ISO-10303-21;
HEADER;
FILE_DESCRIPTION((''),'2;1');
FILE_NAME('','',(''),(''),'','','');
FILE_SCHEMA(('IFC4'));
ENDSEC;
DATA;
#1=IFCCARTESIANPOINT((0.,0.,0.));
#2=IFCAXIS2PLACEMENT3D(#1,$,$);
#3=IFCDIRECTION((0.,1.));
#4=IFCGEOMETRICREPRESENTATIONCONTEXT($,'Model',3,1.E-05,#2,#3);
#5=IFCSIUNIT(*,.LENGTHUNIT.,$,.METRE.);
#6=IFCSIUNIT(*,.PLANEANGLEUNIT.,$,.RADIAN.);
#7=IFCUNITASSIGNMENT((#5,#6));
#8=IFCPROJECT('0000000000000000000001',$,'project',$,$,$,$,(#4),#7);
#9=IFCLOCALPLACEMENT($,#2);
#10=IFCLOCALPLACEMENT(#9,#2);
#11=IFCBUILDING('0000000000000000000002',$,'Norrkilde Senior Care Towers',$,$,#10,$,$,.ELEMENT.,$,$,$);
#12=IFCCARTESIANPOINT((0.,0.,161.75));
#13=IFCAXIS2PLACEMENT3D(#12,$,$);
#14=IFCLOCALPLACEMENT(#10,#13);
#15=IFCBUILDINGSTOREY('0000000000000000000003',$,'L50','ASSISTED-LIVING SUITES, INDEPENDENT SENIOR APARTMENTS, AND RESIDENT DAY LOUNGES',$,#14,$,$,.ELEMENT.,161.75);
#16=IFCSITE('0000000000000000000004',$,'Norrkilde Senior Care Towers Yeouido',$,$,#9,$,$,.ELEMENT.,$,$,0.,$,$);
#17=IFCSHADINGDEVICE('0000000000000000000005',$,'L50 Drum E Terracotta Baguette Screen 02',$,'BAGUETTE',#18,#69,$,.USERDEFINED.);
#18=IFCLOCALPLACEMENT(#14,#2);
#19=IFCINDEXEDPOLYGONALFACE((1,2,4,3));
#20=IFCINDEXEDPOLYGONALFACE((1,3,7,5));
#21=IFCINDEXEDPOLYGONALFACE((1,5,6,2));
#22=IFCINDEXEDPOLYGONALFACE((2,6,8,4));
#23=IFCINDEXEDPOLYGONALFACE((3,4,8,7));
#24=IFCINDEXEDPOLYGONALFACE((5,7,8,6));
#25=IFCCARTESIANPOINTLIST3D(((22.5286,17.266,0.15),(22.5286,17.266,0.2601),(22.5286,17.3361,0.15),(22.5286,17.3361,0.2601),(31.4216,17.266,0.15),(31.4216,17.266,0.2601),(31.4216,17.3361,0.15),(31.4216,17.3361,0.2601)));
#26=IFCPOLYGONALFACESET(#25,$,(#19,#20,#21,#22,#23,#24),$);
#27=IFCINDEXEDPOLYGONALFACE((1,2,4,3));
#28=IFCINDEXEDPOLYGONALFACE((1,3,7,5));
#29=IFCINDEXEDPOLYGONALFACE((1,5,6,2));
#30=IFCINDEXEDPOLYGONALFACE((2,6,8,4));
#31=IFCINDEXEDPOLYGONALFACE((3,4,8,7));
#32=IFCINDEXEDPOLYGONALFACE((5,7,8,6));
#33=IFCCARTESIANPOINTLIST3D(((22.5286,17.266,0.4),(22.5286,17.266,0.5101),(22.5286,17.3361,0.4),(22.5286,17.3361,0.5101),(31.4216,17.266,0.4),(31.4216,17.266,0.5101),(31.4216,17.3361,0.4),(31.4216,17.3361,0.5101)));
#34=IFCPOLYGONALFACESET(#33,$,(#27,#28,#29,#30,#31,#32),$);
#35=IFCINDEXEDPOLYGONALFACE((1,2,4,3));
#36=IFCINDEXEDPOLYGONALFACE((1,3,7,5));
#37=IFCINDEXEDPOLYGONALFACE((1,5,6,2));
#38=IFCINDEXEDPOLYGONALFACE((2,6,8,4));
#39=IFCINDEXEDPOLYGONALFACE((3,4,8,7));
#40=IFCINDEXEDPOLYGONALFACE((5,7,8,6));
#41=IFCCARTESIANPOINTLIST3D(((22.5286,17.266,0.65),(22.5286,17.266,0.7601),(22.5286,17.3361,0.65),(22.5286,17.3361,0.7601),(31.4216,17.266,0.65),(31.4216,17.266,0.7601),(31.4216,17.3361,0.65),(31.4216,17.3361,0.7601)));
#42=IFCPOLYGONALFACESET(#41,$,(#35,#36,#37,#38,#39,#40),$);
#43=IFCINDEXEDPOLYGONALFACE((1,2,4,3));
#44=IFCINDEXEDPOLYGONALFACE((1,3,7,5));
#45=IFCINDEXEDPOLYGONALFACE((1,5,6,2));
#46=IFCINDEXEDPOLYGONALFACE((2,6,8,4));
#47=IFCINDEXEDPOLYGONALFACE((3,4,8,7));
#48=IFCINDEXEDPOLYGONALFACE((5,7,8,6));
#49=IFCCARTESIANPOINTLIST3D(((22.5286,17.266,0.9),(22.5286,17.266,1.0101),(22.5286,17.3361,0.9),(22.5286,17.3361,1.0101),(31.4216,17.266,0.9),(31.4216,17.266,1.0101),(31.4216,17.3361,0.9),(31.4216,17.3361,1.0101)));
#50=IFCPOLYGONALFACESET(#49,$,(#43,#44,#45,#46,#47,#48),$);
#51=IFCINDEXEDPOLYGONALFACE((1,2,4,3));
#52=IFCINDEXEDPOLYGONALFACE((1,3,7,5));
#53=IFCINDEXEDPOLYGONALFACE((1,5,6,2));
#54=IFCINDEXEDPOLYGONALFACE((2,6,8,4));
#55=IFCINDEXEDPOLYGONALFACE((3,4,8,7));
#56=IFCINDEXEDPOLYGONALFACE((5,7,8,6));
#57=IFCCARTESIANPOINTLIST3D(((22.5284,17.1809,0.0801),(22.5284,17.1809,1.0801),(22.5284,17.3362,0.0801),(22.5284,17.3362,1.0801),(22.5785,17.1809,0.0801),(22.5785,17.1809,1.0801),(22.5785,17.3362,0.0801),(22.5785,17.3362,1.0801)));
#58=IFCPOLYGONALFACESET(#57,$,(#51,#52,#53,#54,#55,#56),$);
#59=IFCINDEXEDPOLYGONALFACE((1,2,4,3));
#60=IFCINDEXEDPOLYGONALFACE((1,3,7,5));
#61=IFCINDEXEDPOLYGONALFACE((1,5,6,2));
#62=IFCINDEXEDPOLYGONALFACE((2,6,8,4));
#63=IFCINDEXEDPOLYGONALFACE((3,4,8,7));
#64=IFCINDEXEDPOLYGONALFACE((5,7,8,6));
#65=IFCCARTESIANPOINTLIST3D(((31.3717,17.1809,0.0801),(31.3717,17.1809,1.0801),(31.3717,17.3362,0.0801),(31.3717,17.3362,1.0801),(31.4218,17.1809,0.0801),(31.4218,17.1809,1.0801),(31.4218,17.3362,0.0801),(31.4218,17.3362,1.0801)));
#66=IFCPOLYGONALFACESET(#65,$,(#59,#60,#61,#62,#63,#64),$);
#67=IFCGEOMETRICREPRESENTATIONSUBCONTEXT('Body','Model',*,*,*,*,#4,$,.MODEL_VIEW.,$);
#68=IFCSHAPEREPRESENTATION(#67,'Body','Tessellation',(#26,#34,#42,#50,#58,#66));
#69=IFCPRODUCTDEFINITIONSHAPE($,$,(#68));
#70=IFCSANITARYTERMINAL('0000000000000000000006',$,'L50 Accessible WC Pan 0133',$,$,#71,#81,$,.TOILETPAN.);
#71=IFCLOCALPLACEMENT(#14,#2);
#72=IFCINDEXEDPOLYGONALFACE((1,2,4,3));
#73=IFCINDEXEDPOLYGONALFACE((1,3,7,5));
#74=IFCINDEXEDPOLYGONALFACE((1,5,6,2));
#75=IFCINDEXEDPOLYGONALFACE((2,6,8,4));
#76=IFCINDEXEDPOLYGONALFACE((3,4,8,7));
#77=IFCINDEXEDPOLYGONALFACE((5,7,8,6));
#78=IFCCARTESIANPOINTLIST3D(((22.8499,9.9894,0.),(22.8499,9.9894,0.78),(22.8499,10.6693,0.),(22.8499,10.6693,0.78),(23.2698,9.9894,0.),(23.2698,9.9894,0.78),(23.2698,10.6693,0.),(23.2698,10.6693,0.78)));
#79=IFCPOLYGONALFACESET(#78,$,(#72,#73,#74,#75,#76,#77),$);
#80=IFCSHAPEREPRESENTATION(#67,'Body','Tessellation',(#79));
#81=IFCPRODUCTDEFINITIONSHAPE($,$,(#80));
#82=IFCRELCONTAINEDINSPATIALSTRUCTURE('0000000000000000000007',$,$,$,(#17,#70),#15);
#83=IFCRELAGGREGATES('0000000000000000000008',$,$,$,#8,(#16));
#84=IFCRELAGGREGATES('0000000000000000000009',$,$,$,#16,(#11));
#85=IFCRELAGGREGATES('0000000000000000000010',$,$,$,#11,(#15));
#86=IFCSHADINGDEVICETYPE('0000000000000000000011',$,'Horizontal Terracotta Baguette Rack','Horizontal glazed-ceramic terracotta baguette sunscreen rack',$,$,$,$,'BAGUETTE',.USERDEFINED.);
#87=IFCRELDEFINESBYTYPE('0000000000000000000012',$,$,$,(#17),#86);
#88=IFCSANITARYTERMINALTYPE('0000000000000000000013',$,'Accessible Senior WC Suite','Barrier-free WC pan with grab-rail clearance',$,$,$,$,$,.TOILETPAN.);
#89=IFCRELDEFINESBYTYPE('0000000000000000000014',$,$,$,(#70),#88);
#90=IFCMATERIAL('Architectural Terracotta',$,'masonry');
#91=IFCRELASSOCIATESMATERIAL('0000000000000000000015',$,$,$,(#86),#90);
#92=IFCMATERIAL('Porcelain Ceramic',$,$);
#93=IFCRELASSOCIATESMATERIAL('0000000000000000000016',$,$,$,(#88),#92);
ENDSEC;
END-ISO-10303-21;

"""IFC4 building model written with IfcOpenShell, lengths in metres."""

from ifc_helpers import new_model, si_unit, direction, frame, origin, origin_2d, place, context, subcontext, project, spatial, rectangle, extrude, source, transform, mapped, material, type_object, type_shapes, element, save


model = new_model("IFC4")

# Units and contexts
model_context = context("Model", 3, precision=1e-05, world=origin(), true_north=direction((0.0, 1.0)))
body_context = subcontext(model_context, "Body", "Model", "MODEL_VIEW")
ifc_project = project(units=[si_unit("LENGTHUNIT", "METRE"), si_unit("PLANEANGLEUNIT", "RADIAN")], contexts=[model_context])

# Site, building, storey
site_placement = place(None, origin())
site = spatial("IfcSite", under=ifc_project, at=site_placement, Name="Norrkilde Senior Care Towers Yeouido", CompositionType="ELEMENT", RefElevation=0.0)
building_placement = place(site_placement, origin())
building = spatial("IfcBuilding", under=site, at=building_placement, Name="Norrkilde Senior Care Towers", CompositionType="ELEMENT")
storey_placement = place(building_placement, frame((0.0, 0.0, 161.75)))
storey = spatial("IfcBuildingStorey", under=building, at=storey_placement, Name="L50", Description="ASSISTED-LIVING SUITES, INDEPENDENT SENIOR APARTMENTS, AND RESIDENT DAY LOUNGES", CompositionType="ELEMENT", Elevation=161.75)

# Shading device
ifc_material_1 = material(Name="Architectural Terracotta", Category="masonry")
shading_device_type = type_object("IfcShadingDeviceType", Name="Horizontal Terracotta Baguette Rack", Description="Horizontal glazed-ceramic terracotta baguette sunscreen rack", ElementType="BAGUETTE", PredefinedType="USERDEFINED", material=ifc_material_1)
shared_shape_1 = source(origin(), body_context, "Body", "SweptSolid", [
    extrude(rectangle(XDim=0.0701, YDim=0.1101, at=origin_2d()), frame((0.0, 0.0901, 0.125), z_axis=(1.0, 0.0, 0.0), x_axis=(0.0, 1.0, 0.0)), (0.0, 0.0, 1.0), 8.8931),
    extrude(rectangle(XDim=0.0701, YDim=0.1101, at=origin_2d()), frame((0.0, 0.0901, 0.375), z_axis=(1.0, 0.0, 0.0), x_axis=(0.0, 1.0, 0.0)), (0.0, 0.0, 1.0), 8.8931),
    extrude(rectangle(XDim=0.0701, YDim=0.1101, at=origin_2d()), frame((0.0, 0.0901, 0.625), z_axis=(1.0, 0.0, 0.0), x_axis=(0.0, 1.0, 0.0)), (0.0, 0.0, 1.0), 8.8931),
    extrude(rectangle(XDim=0.0701, YDim=0.1101, at=origin_2d()), frame((0.0, 0.0901, 0.875), z_axis=(1.0, 0.0, 0.0), x_axis=(0.0, 1.0, 0.0)), (0.0, 0.0, 1.0), 8.8931),
    extrude(rectangle(XDim=0.05, YDim=0.1553, at=origin_2d()), frame((0.0249, 0.0476, 0.0)), (0.0, 0.0, 1.0), 1.0),
    extrude(rectangle(XDim=0.05, YDim=0.1553, at=origin_2d()), frame((8.8682, 0.0476, 0.0)), (0.0, 0.0, 1.0), 1.0),
])
type_shapes(shading_device_type, [shared_shape_1])
shading_device_placement = place(storey_placement, frame((22.5286, 17.2109, 0.0801), z_axis=(0.0, 0.0, 1.0), x_axis=(1.0, 0.0, 0.0)))
element("IfcShadingDevice", 1, at=shading_device_placement, inside=storey, type_object=shading_device_type, Name="L50 Drum E Terracotta Baguette Screen 02", ObjectType="BAGUETTE", PredefinedType="USERDEFINED", context=body_context, shape_type="MappedRepresentation", body=[
    mapped(shared_shape_1, transform((0.0, 0.0, 0.0), x_axis=(1.0, 0.0, 0.0), y_axis=(0.0, 1.0, 0.0), z_axis=(0.0, 0.0, 1.0), scale=1.0)),
])

# Sanitary terminal
ifc_material_2 = material(Name="Porcelain Ceramic")
sanitary_terminal_type = type_object("IfcSanitaryTerminalType", Name="Accessible Senior WC Suite", Description="Barrier-free WC pan with grab-rail clearance", PredefinedType="TOILETPAN", material=ifc_material_2)
shared_shape_2 = source(origin(), body_context, "Body", "SweptSolid", [
    extrude(rectangle(XDim=0.4199, YDim=0.6799, at=origin_2d()), origin(), (0.0, 0.0, 1.0), 0.78),
])
type_shapes(sanitary_terminal_type, [shared_shape_2])
sanitary_terminal_placement = place(storey_placement, frame((23.0598, 10.3293, 0.0), z_axis=(0.0, 0.0, 1.0), x_axis=(1.0, 0.0, 0.0)))
element("IfcSanitaryTerminal", 2, at=sanitary_terminal_placement, inside=storey, type_object=sanitary_terminal_type, Name="L50 Accessible WC Pan 0133", PredefinedType="TOILETPAN", context=body_context, shape_type="MappedRepresentation", body=[
    mapped(shared_shape_2, transform((0.0, 0.0, 0.0), x_axis=(1.0, 0.0, 0.0), y_axis=(0.0, 1.0, 0.0), z_axis=(0.0, 0.0, 1.0), scale=1.0)),
])

save(model, "model.ifc")
